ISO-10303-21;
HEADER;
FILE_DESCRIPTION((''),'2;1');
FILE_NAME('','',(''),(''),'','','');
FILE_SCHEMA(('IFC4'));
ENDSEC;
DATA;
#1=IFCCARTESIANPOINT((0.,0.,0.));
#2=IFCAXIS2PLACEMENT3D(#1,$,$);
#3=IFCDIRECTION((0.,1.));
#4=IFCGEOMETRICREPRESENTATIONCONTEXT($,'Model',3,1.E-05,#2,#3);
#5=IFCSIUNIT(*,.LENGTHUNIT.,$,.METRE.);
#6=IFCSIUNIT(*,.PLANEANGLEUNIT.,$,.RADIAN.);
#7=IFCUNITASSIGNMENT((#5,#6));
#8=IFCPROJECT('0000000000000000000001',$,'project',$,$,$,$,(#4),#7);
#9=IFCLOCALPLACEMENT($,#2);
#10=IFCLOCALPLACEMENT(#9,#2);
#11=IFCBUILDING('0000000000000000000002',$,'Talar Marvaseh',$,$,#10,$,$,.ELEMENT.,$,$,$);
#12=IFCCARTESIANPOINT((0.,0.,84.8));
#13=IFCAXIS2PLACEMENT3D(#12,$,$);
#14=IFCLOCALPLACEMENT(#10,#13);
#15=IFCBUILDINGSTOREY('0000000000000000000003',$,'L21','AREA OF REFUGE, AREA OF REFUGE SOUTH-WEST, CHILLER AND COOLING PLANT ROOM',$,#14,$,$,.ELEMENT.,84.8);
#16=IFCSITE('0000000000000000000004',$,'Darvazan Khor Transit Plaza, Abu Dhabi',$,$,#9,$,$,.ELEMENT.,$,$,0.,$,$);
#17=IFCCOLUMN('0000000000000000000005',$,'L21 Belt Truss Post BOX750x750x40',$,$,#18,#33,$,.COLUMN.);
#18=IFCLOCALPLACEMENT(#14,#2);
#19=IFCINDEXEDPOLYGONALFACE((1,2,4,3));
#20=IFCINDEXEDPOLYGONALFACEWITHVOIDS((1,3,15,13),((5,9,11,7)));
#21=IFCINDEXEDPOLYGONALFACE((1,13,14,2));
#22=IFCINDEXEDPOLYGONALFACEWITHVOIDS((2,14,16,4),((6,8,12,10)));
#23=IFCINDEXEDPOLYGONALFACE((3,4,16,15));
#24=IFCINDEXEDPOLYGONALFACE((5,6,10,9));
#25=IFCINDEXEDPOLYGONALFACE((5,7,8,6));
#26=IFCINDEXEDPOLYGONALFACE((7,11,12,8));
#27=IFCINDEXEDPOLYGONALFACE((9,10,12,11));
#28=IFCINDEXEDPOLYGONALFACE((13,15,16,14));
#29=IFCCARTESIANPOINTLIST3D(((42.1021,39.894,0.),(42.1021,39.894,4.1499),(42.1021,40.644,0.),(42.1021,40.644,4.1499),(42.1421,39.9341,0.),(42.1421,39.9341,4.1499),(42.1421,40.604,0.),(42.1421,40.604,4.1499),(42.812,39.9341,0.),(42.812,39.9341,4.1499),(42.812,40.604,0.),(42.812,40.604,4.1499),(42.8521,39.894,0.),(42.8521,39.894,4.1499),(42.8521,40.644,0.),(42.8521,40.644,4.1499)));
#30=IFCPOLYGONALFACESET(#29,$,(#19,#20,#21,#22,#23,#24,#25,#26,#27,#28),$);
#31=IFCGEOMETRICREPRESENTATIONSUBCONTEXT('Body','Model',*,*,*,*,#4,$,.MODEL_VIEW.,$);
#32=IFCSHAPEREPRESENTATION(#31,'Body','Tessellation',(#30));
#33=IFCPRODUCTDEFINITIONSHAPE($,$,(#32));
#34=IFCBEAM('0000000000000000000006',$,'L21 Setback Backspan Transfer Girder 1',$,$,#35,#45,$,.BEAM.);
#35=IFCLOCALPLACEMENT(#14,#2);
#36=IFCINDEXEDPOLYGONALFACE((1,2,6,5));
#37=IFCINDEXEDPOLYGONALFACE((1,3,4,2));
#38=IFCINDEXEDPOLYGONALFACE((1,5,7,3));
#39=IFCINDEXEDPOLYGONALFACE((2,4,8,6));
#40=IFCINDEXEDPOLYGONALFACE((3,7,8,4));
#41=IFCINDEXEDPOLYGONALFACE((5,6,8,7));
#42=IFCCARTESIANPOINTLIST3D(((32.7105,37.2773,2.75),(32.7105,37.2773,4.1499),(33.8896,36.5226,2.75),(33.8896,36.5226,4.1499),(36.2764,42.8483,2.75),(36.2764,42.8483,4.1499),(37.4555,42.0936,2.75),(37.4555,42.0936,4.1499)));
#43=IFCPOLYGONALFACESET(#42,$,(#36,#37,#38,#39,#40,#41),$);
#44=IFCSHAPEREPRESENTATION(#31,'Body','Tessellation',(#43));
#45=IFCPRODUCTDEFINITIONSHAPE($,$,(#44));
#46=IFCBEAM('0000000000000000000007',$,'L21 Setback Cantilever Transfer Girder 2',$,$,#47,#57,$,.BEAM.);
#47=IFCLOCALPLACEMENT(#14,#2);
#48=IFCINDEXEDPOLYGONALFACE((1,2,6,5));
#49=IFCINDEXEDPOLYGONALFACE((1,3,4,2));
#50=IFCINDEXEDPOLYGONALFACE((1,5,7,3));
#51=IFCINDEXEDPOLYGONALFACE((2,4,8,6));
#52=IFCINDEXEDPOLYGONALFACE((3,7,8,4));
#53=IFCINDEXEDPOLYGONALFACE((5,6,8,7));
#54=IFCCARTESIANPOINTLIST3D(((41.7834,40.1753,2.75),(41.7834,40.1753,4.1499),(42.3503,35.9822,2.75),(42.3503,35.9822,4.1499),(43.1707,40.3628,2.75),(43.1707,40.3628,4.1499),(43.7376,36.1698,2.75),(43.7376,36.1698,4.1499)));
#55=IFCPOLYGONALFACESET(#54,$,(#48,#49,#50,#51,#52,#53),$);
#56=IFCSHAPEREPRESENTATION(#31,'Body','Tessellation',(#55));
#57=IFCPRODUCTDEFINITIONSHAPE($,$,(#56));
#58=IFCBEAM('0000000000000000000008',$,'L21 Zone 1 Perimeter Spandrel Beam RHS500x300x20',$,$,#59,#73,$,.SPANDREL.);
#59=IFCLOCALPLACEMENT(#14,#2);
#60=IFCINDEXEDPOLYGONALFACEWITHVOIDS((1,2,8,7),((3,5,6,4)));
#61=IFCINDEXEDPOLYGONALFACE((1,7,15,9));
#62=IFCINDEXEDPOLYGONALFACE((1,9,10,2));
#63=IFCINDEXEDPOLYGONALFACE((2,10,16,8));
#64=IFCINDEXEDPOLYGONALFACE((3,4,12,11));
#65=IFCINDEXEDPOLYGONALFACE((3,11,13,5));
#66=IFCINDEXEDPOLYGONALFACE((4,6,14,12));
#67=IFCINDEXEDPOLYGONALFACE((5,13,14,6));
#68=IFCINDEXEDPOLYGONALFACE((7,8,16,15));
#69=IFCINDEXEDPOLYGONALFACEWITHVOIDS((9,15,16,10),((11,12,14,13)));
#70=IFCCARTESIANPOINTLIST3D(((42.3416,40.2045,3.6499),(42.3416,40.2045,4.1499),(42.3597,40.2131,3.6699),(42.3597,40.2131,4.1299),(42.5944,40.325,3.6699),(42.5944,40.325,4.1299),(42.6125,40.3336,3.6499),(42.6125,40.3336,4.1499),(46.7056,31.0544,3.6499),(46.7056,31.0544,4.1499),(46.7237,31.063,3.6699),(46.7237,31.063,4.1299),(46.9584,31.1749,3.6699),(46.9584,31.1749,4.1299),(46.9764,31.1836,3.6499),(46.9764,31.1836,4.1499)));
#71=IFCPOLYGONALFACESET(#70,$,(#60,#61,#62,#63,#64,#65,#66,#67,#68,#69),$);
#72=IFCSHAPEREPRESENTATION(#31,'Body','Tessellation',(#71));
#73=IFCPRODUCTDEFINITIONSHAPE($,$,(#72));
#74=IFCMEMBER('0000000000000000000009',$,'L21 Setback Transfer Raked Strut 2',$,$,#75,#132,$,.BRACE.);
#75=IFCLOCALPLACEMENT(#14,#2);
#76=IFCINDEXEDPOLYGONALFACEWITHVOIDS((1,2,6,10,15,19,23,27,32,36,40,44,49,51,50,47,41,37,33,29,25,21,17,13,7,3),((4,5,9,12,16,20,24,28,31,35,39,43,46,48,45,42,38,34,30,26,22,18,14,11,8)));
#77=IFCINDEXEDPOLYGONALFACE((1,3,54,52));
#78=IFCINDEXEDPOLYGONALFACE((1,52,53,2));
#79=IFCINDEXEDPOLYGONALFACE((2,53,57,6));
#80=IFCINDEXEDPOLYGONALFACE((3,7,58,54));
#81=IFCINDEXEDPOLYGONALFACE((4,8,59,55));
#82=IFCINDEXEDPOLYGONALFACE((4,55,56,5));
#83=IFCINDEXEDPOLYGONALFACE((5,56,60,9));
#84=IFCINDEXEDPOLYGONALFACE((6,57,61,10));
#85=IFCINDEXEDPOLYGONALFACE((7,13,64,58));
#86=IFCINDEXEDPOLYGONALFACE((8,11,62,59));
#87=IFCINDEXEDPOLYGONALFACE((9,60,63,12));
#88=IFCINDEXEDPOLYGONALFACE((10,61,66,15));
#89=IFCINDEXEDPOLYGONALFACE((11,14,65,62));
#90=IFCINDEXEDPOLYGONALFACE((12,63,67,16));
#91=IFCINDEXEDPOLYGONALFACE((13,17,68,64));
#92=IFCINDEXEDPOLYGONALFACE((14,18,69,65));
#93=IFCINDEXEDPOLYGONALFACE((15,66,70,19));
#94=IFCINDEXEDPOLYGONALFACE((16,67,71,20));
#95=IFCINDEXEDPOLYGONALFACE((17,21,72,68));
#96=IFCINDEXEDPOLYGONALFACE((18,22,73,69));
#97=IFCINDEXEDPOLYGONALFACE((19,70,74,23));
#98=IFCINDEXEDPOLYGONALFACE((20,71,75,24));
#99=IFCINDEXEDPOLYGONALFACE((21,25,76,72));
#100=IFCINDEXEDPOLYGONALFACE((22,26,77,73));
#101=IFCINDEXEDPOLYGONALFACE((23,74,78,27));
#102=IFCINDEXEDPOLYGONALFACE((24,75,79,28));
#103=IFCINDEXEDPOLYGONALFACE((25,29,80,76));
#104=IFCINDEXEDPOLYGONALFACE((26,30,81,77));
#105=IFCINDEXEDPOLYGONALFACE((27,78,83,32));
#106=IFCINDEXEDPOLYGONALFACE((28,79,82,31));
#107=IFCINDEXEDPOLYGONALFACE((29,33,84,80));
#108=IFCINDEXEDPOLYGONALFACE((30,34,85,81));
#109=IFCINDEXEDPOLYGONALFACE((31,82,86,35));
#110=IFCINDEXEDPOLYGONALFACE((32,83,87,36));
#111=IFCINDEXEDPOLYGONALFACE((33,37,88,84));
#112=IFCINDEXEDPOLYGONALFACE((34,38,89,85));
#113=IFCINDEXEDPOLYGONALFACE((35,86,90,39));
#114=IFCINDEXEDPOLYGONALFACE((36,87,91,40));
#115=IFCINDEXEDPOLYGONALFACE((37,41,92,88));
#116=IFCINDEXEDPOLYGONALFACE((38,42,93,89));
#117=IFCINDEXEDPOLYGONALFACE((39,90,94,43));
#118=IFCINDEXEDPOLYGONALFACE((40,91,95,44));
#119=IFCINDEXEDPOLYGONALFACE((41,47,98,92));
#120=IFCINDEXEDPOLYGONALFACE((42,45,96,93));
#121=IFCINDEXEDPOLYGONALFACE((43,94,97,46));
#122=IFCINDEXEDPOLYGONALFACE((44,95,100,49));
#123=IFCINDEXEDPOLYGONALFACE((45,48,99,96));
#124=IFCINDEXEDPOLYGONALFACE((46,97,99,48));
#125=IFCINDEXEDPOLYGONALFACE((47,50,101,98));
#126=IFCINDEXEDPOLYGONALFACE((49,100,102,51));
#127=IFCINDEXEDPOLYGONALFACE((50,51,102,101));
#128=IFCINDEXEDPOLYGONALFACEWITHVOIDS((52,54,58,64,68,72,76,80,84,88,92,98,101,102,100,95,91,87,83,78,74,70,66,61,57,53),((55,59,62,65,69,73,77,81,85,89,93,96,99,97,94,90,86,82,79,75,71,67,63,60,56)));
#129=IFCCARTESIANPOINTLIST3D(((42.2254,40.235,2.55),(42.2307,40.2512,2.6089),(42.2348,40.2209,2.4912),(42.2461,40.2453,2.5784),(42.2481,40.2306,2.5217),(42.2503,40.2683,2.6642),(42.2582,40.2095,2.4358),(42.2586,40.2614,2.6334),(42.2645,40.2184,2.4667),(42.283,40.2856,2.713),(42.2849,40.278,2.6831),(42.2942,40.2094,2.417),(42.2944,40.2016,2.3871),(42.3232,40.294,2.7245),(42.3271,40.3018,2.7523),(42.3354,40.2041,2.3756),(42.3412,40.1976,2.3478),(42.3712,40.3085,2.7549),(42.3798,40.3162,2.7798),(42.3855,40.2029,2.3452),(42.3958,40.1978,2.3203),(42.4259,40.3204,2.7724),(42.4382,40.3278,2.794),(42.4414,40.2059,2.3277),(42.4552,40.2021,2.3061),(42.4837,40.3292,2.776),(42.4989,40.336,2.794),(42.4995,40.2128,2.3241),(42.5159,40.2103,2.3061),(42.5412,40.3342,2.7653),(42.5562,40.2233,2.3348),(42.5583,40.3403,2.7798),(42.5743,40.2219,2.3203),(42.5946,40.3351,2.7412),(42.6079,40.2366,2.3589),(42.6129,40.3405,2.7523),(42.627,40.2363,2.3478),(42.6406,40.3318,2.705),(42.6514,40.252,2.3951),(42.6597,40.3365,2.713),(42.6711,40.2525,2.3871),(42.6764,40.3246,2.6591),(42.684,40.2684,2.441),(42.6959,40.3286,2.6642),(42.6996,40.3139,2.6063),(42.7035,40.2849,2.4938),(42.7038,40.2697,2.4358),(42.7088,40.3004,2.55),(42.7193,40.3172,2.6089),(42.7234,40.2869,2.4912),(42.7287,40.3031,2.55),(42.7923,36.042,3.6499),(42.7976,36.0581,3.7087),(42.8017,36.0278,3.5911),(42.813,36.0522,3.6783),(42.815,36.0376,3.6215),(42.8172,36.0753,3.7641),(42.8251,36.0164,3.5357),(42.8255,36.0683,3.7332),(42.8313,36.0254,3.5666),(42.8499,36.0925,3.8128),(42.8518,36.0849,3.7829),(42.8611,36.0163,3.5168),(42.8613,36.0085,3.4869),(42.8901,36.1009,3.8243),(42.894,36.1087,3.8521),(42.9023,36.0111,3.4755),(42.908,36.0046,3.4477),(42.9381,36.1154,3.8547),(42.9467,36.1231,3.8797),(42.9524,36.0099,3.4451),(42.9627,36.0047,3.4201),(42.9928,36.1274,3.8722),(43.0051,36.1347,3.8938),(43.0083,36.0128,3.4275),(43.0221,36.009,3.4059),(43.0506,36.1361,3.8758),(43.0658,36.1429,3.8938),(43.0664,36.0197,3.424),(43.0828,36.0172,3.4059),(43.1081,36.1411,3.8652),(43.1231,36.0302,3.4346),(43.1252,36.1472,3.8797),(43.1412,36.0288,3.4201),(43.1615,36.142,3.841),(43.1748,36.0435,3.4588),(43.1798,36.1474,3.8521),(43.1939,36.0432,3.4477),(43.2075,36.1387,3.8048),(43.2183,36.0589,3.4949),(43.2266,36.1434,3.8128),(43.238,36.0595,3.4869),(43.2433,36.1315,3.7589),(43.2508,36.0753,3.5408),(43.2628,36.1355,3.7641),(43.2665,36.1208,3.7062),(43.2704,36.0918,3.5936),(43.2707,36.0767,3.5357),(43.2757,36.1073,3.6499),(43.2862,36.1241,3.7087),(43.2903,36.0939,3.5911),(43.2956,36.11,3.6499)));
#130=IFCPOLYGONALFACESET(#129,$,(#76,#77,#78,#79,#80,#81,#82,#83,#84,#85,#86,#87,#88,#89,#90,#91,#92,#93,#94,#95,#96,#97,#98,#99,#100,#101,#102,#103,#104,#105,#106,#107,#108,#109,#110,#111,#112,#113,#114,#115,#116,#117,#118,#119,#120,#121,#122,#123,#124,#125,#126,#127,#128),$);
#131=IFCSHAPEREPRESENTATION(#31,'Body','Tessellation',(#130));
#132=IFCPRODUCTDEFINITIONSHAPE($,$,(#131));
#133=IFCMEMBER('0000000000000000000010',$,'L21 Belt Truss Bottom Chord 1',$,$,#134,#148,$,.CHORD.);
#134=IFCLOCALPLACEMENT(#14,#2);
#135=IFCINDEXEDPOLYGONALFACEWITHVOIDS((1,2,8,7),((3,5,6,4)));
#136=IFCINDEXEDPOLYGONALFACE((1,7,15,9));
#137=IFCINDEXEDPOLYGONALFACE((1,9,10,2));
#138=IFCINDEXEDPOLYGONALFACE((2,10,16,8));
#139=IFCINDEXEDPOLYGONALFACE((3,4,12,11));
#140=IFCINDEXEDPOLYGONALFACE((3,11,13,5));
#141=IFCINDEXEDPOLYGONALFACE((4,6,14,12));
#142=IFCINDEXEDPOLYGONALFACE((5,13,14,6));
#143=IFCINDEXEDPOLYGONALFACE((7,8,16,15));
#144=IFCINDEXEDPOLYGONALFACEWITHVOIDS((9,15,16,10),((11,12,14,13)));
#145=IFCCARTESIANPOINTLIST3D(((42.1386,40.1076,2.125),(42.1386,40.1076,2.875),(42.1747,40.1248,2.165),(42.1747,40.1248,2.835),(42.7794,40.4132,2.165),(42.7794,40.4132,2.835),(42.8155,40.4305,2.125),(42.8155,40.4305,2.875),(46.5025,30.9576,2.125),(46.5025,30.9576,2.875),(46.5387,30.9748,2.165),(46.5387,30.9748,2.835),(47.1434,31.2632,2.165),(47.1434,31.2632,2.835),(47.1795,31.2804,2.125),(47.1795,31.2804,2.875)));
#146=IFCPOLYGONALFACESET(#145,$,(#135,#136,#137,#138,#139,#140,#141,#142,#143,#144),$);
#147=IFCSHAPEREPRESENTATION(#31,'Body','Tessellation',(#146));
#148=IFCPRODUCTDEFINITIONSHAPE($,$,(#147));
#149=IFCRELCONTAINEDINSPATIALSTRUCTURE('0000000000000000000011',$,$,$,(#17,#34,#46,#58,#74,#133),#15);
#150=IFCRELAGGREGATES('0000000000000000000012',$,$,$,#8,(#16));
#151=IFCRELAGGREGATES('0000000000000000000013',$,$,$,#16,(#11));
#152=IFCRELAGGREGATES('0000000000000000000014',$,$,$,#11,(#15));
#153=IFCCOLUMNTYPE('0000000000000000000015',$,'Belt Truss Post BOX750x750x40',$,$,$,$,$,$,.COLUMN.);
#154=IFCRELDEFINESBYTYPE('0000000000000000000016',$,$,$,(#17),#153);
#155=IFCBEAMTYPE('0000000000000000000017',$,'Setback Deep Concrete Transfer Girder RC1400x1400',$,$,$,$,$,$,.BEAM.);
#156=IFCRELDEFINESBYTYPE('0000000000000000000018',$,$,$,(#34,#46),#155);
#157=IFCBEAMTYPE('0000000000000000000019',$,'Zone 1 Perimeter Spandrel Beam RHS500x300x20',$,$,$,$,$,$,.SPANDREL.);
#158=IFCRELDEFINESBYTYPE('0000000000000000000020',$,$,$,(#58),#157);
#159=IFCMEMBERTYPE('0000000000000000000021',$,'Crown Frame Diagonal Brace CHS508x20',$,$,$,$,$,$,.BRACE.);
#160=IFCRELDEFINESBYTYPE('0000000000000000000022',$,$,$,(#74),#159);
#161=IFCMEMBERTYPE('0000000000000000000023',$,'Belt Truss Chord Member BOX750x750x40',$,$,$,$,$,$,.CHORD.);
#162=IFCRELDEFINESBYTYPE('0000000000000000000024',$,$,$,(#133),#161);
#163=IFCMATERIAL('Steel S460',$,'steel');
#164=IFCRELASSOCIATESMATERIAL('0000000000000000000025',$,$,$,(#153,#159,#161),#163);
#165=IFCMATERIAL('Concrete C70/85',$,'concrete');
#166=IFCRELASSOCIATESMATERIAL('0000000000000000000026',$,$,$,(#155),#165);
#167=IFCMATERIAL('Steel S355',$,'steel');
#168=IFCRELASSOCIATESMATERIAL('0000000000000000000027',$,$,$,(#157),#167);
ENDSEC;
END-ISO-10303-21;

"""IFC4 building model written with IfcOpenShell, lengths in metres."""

from ifc_helpers import new_model, si_unit, direction, frame, origin, origin_2d, place, context, subcontext, project, spatial, rectangle, hollow_rectangle, hollow_circle, extrude, source, transform, mapped, material, material_profile, profile_set, type_object, type_shapes, element, save


model = new_model("IFC4")

# Units and contexts
model_context = context("Model", 3, precision=1e-05, world=origin(), true_north=direction((0.0, 1.0)))
body_context = subcontext(model_context, "Body", "Model", "MODEL_VIEW")
ifc_project = project(units=[si_unit("LENGTHUNIT", "METRE"), si_unit("PLANEANGLEUNIT", "RADIAN")], contexts=[model_context])

# Site, building, storey
site_placement = place(None, origin())
site = spatial("IfcSite", under=ifc_project, at=site_placement, Name="Darvazan Khor Transit Plaza, Abu Dhabi", CompositionType="ELEMENT", RefElevation=0.0)
building_placement = place(site_placement, origin())
building = spatial("IfcBuilding", under=site, at=building_placement, Name="Talar Marvaseh", CompositionType="ELEMENT")
storey_placement = place(building_placement, frame((0.0, 0.0, 84.8)))
storey = spatial("IfcBuildingStorey", under=building, at=storey_placement, Name="L21", Description="AREA OF REFUGE, AREA OF REFUGE SOUTH-WEST, CHILLER AND COOLING PLANT ROOM", CompositionType="ELEMENT", Elevation=84.8)

# Column
ifc_material_1 = material(Name="Steel S460", Category="steel")
ifc_material_profile_1 = material_profile(ifc_material_1, hollow_rectangle(XDim=0.75, YDim=0.75, WallThickness=0.04, at=origin_2d()), Name="BOX750x750x40")
ifc_profile_set_1 = profile_set([ifc_material_profile_1], Name="Steel S460")
column_type = type_object("IfcColumnType", Name="Belt Truss Post BOX750x750x40", PredefinedType="COLUMN", material=ifc_profile_set_1)
column_placement = place(storey_placement, frame((42.4771, 40.269, 0.0), z_axis=(0.0, 0.0, 1.0), x_axis=(1.0, 0.0, 0.0)))
element("IfcColumn", 1, at=column_placement, inside=storey, type_object=column_type, Name="L21 Belt Truss Post BOX750x750x40", PredefinedType="COLUMN", context=body_context, shape_type="SweptSolid", body=[
    extrude(hollow_rectangle(XDim=0.75, YDim=0.75, WallThickness=0.04, at=origin_2d()), origin(), (0.0, 0.0, 1.0), 4.1499),
])

# Beams
ifc_material_2 = material(Name="Concrete C70/85", Category="concrete")
ifc_material_profile_2 = material_profile(ifc_material_2, rectangle(XDim=1.3999, YDim=1.3999, at=origin_2d()), Name="RC1400x1400")
ifc_profile_set_2 = profile_set([ifc_material_profile_2], Name="Concrete C70/85")
beam_type_1 = type_object("IfcBeamType", Name="Setback Deep Concrete Transfer Girder RC1400x1400", PredefinedType="BEAM", material=ifc_profile_set_2)
beam_1_placement = place(storey_placement, frame((36.866, 42.4709, 3.45), z_axis=(-0.539102, -0.842241, 0.0), x_axis=(0.842241, -0.539102, 0.0)))
element("IfcBeam", 2, at=beam_1_placement, inside=storey, type_object=beam_type_1, Name="L21 Setback Backspan Transfer Girder 1", PredefinedType="BEAM", context=body_context, shape_type="SweptSolid", body=[
    extrude(rectangle(XDim=1.3999, YDim=1.3999, at=origin_2d()), origin(), (0.0, 0.0, 1.0), 6.6145),
])
beam_2_placement = place(storey_placement, frame((42.4771, 40.269, 3.45), z_axis=(0.133978, -0.990984, 0.0), x_axis=(0.990984, 0.133978, 0.0)))
element("IfcBeam", 3, at=beam_2_placement, inside=storey, type_object=beam_type_1, Name="L21 Setback Cantilever Transfer Girder 2", PredefinedType="BEAM", context=body_context, shape_type="SweptSolid", body=[
    extrude(rectangle(XDim=1.3999, YDim=1.3999, at=origin_2d()), origin(), (0.0, 0.0, 1.0), 4.2312),
])
ifc_material_3 = material(Name="Steel S355", Category="steel")
ifc_material_profile_3 = material_profile(ifc_material_3, hollow_rectangle(XDim=0.3, YDim=0.5, WallThickness=0.02, at=origin_2d()), Name="RHS500x300x20")
ifc_profile_set_3 = profile_set([ifc_material_profile_3], Name="Steel S355")
beam_type_2 = type_object("IfcBeamType", Name="Zone 1 Perimeter Spandrel Beam RHS500x300x20", PredefinedType="SPANDREL", material=ifc_profile_set_3)
beam_3_placement = place(storey_placement, frame((42.4771, 40.269, 3.8999), z_axis=(0.43048, -0.9026, 0.0), x_axis=(0.9026, 0.43048, 0.0)))
element("IfcBeam", 4, at=beam_3_placement, inside=storey, type_object=beam_type_2, Name="L21 Zone 1 Perimeter Spandrel Beam RHS500x300x20", PredefinedType="SPANDREL", context=body_context, shape_type="SweptSolid", body=[
    extrude(hollow_rectangle(XDim=0.3, YDim=0.5, WallThickness=0.02, at=origin_2d()), origin(), (0.0, 0.0, 1.0), 10.1375),
])

# Members
ifc_material_profile_4 = material_profile(ifc_material_1, hollow_circle(Radius=0.2539, WallThickness=0.02, at=origin_2d()), Name="CHS508x20")
ifc_profile_set_4 = profile_set([ifc_material_profile_4], Name="Steel S460")
member_type_1 = type_object("IfcMemberType", Name="Crown Frame Diagonal Brace CHS508x20", PredefinedType="BRACE", material=ifc_profile_set_4)
shared_shape_1 = source(origin(), body_context, "Body", "SweptSolid", [
    extrude(hollow_circle(Radius=0.2539, WallThickness=0.02, at=origin_2d()), origin(), (0.0, 0.0, 1.0), 4.3718),
])
type_shapes(member_type_1, [shared_shape_1])
member_1_placement = place(storey_placement, frame((42.4771, 40.269, 2.55), z_axis=(0.129669, -0.959112, 0.251575), x_axis=(0.990984, 0.133978, 0.0)))
element("IfcMember", 5, at=member_1_placement, inside=storey, type_object=member_type_1, Name="L21 Setback Transfer Raked Strut 2", PredefinedType="BRACE", context=body_context, shape_type="MappedRepresentation", body=[
    mapped(shared_shape_1, transform((0.0, 0.0, 0.0), x_axis=(1.0, 0.0, 0.0), y_axis=(0.0, 1.0, 0.0), z_axis=(0.0, 0.0, 1.0), scale=1.0)),
])
ifc_material_profile_5 = material_profile(ifc_material_1, hollow_rectangle(XDim=0.75, YDim=0.75, WallThickness=0.04, at=origin_2d()), Name="BOX750x750x40")
ifc_profile_set_5 = profile_set([ifc_material_profile_5], Name="Steel S460")
member_type_2 = type_object("IfcMemberType", Name="Belt Truss Chord Member BOX750x750x40", PredefinedType="CHORD", material=ifc_profile_set_5)
shared_shape_2 = source(origin(), body_context, "Body", "SweptSolid", [
    extrude(hollow_rectangle(XDim=0.75, YDim=0.75, WallThickness=0.04, at=origin_2d()), origin(), (0.0, 0.0, 1.0), 10.1375),
])
type_shapes(member_type_2, [shared_shape_2])
member_2_placement = place(storey_placement, frame((42.4771, 40.269, 2.5), z_axis=(0.43048, -0.9026, 0.0), x_axis=(0.9026, 0.43048, 0.0)))
element("IfcMember", 6, at=member_2_placement, inside=storey, type_object=member_type_2, Name="L21 Belt Truss Bottom Chord 1", PredefinedType="CHORD", context=body_context, shape_type="MappedRepresentation", body=[
    mapped(shared_shape_2, transform((0.0, 0.0, 0.0), x_axis=(1.0, 0.0, 0.0), y_axis=(0.0, 1.0, 0.0), z_axis=(0.0, 0.0, 1.0), scale=1.0)),
])

save(model, "model.ifc")
